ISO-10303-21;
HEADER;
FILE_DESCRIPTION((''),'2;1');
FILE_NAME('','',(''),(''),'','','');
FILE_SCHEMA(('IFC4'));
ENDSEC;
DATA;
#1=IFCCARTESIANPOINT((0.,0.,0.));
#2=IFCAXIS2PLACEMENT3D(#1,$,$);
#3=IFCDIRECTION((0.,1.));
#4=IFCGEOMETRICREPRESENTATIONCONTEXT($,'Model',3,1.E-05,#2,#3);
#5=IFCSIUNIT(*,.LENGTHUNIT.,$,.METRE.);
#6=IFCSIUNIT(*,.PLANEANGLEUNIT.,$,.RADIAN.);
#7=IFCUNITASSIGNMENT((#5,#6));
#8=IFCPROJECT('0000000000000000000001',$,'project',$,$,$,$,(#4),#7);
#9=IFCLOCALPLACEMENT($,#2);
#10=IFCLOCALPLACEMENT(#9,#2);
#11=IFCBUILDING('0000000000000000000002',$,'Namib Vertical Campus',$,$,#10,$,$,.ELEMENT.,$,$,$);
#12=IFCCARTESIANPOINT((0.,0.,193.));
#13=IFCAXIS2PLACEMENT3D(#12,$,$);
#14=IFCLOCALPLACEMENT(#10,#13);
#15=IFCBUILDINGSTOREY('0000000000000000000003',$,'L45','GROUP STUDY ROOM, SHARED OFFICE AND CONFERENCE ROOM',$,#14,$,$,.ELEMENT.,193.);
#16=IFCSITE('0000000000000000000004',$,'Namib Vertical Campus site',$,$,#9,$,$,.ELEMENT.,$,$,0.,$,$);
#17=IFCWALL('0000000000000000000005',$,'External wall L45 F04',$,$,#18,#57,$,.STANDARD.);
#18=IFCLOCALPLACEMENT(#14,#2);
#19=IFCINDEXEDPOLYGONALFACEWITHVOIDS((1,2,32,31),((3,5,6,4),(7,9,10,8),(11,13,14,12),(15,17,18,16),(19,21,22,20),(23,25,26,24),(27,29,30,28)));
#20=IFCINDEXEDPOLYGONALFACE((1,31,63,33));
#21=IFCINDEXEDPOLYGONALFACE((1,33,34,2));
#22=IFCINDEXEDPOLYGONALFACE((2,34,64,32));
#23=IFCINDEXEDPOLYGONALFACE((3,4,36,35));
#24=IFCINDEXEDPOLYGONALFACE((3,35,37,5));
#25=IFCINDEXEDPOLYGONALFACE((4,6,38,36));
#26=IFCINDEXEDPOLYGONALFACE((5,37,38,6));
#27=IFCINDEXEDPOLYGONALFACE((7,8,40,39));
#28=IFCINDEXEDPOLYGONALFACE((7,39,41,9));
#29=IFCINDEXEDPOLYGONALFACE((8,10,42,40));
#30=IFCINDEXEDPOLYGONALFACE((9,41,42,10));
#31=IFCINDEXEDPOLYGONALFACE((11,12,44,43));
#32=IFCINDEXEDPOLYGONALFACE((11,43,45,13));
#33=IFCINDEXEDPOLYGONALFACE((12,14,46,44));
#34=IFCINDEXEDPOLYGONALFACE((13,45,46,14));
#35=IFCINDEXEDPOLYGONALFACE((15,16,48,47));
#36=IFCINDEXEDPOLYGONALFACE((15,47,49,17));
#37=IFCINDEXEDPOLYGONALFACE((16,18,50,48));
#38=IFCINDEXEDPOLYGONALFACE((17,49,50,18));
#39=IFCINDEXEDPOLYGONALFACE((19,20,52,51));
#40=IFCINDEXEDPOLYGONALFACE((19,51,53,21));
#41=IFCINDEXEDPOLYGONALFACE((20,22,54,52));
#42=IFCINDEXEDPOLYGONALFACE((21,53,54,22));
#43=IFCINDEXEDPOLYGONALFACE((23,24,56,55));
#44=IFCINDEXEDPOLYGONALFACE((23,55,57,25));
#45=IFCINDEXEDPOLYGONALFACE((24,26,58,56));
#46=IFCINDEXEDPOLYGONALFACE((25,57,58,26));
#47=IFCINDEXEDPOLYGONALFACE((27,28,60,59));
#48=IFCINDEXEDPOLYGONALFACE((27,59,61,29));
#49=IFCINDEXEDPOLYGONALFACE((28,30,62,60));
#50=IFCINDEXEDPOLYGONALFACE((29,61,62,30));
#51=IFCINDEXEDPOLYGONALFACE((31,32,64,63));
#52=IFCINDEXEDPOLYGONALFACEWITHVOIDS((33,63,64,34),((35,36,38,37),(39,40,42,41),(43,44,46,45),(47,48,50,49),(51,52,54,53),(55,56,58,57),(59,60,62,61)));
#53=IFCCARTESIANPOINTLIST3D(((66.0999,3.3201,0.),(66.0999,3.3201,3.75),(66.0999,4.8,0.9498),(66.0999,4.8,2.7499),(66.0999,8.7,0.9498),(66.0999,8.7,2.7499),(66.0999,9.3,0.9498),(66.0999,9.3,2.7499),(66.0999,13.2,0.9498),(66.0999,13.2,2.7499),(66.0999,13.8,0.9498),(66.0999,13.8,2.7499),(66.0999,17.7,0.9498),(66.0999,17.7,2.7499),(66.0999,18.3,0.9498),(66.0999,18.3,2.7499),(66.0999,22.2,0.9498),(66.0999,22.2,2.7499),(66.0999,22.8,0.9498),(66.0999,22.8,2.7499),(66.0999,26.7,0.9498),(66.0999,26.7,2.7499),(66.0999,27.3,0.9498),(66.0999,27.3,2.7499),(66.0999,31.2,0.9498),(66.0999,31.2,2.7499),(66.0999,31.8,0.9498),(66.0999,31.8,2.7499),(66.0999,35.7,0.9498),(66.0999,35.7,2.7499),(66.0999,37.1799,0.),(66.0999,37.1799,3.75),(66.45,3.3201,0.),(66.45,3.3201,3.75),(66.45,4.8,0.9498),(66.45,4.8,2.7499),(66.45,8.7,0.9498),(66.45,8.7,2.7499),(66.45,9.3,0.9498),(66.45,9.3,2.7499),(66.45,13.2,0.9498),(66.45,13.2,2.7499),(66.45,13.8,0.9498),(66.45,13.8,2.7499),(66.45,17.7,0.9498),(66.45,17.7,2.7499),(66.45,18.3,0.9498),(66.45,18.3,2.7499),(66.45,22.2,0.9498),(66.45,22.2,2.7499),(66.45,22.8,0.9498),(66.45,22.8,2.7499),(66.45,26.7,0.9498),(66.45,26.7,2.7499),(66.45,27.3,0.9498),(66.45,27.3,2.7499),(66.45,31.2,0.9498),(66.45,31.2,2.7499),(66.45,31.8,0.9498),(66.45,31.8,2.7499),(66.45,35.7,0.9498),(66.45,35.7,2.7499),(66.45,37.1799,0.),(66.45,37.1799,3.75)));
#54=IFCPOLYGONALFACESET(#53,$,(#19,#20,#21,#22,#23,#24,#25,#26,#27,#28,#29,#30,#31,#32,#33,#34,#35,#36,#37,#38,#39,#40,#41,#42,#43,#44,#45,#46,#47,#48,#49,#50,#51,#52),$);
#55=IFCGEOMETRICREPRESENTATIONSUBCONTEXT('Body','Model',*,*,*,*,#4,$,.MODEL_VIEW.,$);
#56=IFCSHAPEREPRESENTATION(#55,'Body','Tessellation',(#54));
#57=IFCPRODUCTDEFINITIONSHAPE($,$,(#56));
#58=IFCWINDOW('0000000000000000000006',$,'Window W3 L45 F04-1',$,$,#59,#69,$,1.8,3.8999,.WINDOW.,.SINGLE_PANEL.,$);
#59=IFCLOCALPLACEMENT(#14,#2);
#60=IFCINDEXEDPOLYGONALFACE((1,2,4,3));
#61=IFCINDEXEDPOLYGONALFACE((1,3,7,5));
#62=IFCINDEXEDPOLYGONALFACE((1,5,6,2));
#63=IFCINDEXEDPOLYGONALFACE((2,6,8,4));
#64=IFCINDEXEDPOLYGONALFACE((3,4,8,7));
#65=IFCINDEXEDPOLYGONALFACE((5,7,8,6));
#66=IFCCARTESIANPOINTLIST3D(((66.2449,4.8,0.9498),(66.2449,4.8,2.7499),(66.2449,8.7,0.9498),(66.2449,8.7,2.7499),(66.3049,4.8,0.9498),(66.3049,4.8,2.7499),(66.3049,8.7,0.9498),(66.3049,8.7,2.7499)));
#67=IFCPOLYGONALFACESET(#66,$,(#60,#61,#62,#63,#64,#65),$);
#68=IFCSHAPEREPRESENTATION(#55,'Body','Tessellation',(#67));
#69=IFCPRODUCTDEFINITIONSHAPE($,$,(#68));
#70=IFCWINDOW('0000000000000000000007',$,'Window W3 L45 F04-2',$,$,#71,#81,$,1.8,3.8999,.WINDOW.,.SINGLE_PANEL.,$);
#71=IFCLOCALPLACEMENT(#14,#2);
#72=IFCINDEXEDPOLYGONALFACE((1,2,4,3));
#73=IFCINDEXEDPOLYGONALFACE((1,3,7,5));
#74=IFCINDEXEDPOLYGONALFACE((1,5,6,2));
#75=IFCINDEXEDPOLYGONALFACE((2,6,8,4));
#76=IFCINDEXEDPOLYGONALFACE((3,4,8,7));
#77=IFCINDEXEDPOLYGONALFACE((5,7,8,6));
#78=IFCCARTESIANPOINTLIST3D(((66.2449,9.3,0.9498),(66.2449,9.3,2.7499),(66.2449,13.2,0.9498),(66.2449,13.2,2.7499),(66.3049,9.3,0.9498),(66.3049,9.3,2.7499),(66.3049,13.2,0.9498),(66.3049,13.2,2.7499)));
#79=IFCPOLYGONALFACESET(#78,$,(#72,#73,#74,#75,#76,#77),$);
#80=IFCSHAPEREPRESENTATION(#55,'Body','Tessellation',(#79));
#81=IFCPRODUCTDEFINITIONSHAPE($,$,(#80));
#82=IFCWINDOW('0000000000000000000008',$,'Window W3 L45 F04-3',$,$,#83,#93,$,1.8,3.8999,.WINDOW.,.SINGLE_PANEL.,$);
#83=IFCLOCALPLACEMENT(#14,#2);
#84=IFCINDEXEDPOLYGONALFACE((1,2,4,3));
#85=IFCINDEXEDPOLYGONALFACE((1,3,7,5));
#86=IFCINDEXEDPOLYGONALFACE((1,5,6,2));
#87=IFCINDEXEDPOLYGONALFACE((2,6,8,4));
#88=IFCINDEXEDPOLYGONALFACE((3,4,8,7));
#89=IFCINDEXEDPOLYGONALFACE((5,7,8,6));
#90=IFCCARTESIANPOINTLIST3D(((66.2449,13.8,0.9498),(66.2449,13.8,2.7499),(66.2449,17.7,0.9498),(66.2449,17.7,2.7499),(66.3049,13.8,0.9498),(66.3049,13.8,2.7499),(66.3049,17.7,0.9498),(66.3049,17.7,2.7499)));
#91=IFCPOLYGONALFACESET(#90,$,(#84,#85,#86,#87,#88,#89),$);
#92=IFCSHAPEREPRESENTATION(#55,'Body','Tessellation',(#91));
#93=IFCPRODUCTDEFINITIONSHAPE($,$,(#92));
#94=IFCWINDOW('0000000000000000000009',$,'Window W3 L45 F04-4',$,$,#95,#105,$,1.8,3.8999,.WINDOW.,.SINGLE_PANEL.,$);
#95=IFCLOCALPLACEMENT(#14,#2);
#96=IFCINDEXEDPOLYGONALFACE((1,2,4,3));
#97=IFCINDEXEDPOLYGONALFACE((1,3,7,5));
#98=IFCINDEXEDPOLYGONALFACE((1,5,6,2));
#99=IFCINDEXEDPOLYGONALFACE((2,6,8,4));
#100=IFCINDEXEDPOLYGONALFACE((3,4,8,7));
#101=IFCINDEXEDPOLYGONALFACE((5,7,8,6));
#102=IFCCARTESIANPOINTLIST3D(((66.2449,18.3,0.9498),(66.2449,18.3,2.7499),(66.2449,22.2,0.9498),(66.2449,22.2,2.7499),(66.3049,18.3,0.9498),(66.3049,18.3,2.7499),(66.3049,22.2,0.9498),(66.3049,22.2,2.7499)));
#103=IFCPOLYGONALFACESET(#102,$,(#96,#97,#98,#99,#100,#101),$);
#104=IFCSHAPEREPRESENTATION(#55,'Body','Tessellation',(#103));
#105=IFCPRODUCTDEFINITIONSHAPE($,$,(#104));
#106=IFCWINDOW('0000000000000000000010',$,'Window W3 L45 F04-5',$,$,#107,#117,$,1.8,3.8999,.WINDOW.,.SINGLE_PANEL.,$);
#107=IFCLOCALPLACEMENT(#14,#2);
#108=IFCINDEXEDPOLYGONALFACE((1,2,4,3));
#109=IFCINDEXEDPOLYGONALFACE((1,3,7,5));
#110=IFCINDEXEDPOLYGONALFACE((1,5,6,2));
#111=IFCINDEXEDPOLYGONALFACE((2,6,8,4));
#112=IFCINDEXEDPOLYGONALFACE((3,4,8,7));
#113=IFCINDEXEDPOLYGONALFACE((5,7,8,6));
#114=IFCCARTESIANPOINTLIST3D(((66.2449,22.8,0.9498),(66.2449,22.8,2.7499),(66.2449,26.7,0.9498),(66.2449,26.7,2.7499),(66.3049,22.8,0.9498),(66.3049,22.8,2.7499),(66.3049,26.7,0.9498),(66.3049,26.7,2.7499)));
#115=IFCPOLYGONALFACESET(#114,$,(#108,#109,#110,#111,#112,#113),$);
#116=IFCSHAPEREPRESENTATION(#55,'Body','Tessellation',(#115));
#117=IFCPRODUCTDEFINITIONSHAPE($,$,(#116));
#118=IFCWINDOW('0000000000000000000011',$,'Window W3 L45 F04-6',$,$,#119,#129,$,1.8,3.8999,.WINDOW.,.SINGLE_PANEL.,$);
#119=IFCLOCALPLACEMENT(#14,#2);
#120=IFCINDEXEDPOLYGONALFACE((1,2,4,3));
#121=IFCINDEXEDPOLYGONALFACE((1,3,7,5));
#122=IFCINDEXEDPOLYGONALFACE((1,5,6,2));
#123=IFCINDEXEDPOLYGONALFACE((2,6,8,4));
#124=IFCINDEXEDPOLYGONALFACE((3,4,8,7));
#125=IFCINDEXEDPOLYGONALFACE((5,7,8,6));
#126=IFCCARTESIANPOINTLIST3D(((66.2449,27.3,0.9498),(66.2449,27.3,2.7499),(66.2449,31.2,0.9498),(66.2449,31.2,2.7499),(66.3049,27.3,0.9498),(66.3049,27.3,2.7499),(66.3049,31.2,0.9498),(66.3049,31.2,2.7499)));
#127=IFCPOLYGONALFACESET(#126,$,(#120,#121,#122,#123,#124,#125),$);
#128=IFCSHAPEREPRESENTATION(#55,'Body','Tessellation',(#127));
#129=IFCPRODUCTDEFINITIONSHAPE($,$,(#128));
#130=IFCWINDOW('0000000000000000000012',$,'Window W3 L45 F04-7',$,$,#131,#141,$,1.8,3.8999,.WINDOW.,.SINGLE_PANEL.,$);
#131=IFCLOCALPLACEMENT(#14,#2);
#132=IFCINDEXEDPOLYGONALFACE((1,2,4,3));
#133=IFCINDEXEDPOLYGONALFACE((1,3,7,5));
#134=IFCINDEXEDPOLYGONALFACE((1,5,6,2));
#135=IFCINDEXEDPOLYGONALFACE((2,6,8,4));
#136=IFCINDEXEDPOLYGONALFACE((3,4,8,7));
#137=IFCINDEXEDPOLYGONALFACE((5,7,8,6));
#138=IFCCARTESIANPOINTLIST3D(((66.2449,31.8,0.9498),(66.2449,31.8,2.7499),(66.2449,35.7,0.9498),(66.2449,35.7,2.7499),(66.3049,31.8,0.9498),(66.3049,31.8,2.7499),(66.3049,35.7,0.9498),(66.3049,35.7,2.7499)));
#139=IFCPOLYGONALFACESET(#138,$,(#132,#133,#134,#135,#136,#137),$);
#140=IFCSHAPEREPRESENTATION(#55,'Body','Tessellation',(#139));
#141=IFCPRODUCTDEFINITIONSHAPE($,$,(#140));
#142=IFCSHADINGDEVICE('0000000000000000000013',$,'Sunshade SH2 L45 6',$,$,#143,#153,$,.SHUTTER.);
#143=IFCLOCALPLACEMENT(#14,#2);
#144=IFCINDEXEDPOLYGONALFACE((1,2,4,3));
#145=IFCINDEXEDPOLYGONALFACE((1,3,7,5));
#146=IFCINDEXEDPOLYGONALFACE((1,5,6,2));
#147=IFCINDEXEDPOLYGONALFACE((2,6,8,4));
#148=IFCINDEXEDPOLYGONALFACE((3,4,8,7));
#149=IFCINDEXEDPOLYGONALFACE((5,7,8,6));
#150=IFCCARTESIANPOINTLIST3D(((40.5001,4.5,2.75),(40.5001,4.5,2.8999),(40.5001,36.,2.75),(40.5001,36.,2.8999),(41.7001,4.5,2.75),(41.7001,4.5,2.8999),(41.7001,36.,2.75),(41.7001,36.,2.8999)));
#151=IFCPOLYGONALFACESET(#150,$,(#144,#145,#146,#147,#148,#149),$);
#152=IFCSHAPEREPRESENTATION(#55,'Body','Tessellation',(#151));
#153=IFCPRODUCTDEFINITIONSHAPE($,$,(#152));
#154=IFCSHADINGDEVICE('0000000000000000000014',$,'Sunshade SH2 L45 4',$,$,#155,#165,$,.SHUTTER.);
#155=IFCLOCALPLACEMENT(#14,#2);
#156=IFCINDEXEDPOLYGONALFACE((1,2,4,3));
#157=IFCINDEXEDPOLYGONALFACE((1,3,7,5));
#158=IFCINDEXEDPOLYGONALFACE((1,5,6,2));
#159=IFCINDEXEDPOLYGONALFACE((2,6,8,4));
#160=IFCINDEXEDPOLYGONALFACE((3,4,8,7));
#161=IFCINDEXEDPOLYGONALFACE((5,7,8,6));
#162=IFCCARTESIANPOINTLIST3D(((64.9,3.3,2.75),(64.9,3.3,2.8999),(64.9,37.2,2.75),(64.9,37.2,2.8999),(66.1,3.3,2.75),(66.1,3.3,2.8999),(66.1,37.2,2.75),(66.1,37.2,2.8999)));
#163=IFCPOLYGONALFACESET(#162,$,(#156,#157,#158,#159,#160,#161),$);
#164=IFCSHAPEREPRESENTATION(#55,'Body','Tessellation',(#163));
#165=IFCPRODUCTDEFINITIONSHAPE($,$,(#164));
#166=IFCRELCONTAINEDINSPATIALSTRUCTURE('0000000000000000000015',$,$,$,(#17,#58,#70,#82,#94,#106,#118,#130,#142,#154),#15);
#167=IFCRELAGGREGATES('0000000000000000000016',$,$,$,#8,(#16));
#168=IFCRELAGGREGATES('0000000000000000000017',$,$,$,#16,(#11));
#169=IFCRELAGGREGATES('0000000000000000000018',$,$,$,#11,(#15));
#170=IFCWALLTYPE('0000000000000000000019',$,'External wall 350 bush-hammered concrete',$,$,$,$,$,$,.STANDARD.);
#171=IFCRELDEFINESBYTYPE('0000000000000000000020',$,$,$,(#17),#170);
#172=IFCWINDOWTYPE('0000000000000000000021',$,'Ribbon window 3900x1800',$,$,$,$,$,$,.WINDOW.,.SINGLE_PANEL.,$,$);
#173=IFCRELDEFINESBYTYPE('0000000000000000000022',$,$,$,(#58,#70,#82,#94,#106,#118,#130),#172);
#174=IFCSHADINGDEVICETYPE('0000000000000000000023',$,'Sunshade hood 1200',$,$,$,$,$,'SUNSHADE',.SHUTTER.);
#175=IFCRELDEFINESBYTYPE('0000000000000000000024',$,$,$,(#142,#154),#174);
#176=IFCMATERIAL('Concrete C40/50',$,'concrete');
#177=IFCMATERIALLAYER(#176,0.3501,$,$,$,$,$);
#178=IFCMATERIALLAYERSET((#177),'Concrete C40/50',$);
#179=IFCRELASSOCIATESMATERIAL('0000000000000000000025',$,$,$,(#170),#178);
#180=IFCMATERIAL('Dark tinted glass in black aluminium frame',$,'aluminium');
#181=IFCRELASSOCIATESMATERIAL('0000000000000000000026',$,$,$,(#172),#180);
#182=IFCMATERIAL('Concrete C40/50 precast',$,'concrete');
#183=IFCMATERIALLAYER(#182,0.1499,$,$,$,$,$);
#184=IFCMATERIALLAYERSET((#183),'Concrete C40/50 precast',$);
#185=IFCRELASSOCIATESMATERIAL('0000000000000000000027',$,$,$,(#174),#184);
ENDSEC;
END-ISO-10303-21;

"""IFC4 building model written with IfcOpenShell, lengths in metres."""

from ifc_helpers import new_model, si_unit, direction, frame, frame_2d, origin, origin_2d, place, context, subcontext, project, spatial, rectangle, extrude, material, layer, layer_set, type_object, element, fill, save


model = new_model("IFC4")

# Units and contexts
model_context = context("Model", 3, precision=1e-05, world=origin(), true_north=direction((0.0, 1.0)))
body_context = subcontext(model_context, "Body", "Model", "MODEL_VIEW")
ifc_project = project(units=[si_unit("LENGTHUNIT", "METRE"), si_unit("PLANEANGLEUNIT", "RADIAN")], contexts=[model_context])

# Site, building, storey
site_placement = place(None, origin())
site = spatial("IfcSite", under=ifc_project, at=site_placement, Name="Namib Vertical Campus site", CompositionType="ELEMENT", RefElevation=0.0)
building_placement = place(site_placement, origin())
building = spatial("IfcBuilding", under=site, at=building_placement, Name="Namib Vertical Campus", CompositionType="ELEMENT")
storey_placement = place(building_placement, frame((0.0, 0.0, 193.0)))
storey = spatial("IfcBuildingStorey", under=building, at=storey_placement, Name="L45", Description="GROUP STUDY ROOM, SHARED OFFICE AND CONFERENCE ROOM", CompositionType="ELEMENT", Elevation=193.0)

# Shared definitions
ifc_material_1 = material(Name="Concrete C40/50", Category="concrete")
ifc_layer_1 = layer(ifc_material_1, 0.3501)
ifc_layer_set_1 = layer_set([ifc_layer_1], Name="Concrete C40/50")
wall_type_1 = type_object("IfcWallType", Name="External wall 350 bush-hammered concrete", PredefinedType="STANDARD", material=ifc_layer_set_1)

# Wall, openings, windows
wall_1_placement = place(storey_placement, frame((66.2749, 37.1799, 0.0), z_axis=(0.0, 0.0, 1.0), x_axis=(0.0, -1.0, 0.0)))
wall_1 = element("IfcWall", 1, at=wall_1_placement, inside=storey, type_object=wall_type_1, Name="External wall L45 F04", PredefinedType="STANDARD", context=body_context, shape_type="SweptSolid", body=[
    extrude(rectangle(XDim=33.8599, YDim=0.3501, at=frame_2d((16.9299, 0.0))), origin(), (0.0, 0.0, 1.0), 3.75),
])
opening_1_placement = place(wall_1_placement, frame((28.48, 0.0, 0.95)))
opening_1 = element("IfcOpeningElement", 2, at=opening_1_placement, cuts=wall_1, PredefinedType="OPENING", context=body_context, shape_type="SweptSolid", body=[
    extrude(rectangle(XDim=3.8999, YDim=1.8, at=frame_2d((1.95, 0.8999))), frame((0.0, 0.1851, 0.0), z_axis=(0.0, -1.0, 0.0), x_axis=(1.0, 0.0, 0.0)), (0.0, 0.0, 1.0), 0.3701),
])
opening_2_placement = place(wall_1_placement, frame((23.98, 0.0, 0.95)))
opening_2 = element("IfcOpeningElement", 3, at=opening_2_placement, cuts=wall_1, PredefinedType="OPENING", context=body_context, shape_type="SweptSolid", body=[
    extrude(rectangle(XDim=3.8999, YDim=1.8, at=frame_2d((1.95, 0.8999))), frame((0.0, 0.1851, 0.0), z_axis=(0.0, -1.0, 0.0), x_axis=(1.0, 0.0, 0.0)), (0.0, 0.0, 1.0), 0.3701),
])
opening_3_placement = place(wall_1_placement, frame((19.48, 0.0, 0.95)))
opening_3 = element("IfcOpeningElement", 4, at=opening_3_placement, cuts=wall_1, PredefinedType="OPENING", context=body_context, shape_type="SweptSolid", body=[
    extrude(rectangle(XDim=3.8999, YDim=1.8, at=frame_2d((1.95, 0.8999))), frame((0.0, 0.1851, 0.0), z_axis=(0.0, -1.0, 0.0), x_axis=(1.0, 0.0, 0.0)), (0.0, 0.0, 1.0), 0.3701),
])
opening_4_placement = place(wall_1_placement, frame((14.98, 0.0, 0.95)))
opening_4 = element("IfcOpeningElement", 5, at=opening_4_placement, cuts=wall_1, PredefinedType="OPENING", context=body_context, shape_type="SweptSolid", body=[
    extrude(rectangle(XDim=3.8999, YDim=1.8, at=frame_2d((1.95, 0.8999))), frame((0.0, 0.1851, 0.0), z_axis=(0.0, -1.0, 0.0), x_axis=(1.0, 0.0, 0.0)), (0.0, 0.0, 1.0), 0.3701),
])
opening_5_placement = place(wall_1_placement, frame((10.48, 0.0, 0.95)))
opening_5 = element("IfcOpeningElement", 6, at=opening_5_placement, cuts=wall_1, PredefinedType="OPENING", context=body_context, shape_type="SweptSolid", body=[
    extrude(rectangle(XDim=3.8999, YDim=1.8, at=frame_2d((1.95, 0.8999))), frame((0.0, 0.1851, 0.0), z_axis=(0.0, -1.0, 0.0), x_axis=(1.0, 0.0, 0.0)), (0.0, 0.0, 1.0), 0.3701),
])
opening_6_placement = place(wall_1_placement, frame((5.98, 0.0, 0.95)))
opening_6 = element("IfcOpeningElement", 7, at=opening_6_placement, cuts=wall_1, PredefinedType="OPENING", context=body_context, shape_type="SweptSolid", body=[
    extrude(rectangle(XDim=3.8999, YDim=1.8, at=frame_2d((1.95, 0.8999))), frame((0.0, 0.1851, 0.0), z_axis=(0.0, -1.0, 0.0), x_axis=(1.0, 0.0, 0.0)), (0.0, 0.0, 1.0), 0.3701),
])
opening_7_placement = place(wall_1_placement, frame((1.48, 0.0, 0.95)))
opening_7 = element("IfcOpeningElement", 8, at=opening_7_placement, cuts=wall_1, PredefinedType="OPENING", context=body_context, shape_type="SweptSolid", body=[
    extrude(rectangle(XDim=3.8999, YDim=1.8, at=frame_2d((1.95, 0.8999))), frame((0.0, 0.1851, 0.0), z_axis=(0.0, -1.0, 0.0), x_axis=(1.0, 0.0, 0.0)), (0.0, 0.0, 1.0), 0.3701),
])
ifc_material_2 = material(Name="Dark tinted glass in black aluminium frame", Category="aluminium")
window_type = type_object("IfcWindowType", Name="Ribbon window 3900x1800", PartitioningType="SINGLE_PANEL", PredefinedType="WINDOW", material=ifc_material_2)
window_1_placement = place(opening_1_placement, origin())
window_1 = element("IfcWindow", 9, at=window_1_placement, inside=storey, type_object=window_type, Name="Window W3 L45 F04-1", OverallHeight=1.8, OverallWidth=3.8999, PartitioningType="SINGLE_PANEL", PredefinedType="WINDOW", context=body_context, shape_type="SweptSolid", body=[
    extrude(rectangle(XDim=3.8999, YDim=1.8, at=frame_2d((1.95, 0.8999))), frame((0.0, 0.03, 0.0), z_axis=(0.0, -1.0, 0.0), x_axis=(1.0, 0.0, 0.0)), (0.0, 0.0, 1.0), 0.0601),
])
fill(opening_1, window_1)
window_2_placement = place(opening_2_placement, origin())
window_2 = element("IfcWindow", 10, at=window_2_placement, inside=storey, type_object=window_type, Name="Window W3 L45 F04-2", OverallHeight=1.8, OverallWidth=3.8999, PartitioningType="SINGLE_PANEL", PredefinedType="WINDOW", context=body_context, shape_type="SweptSolid", body=[
    extrude(rectangle(XDim=3.8999, YDim=1.8, at=frame_2d((1.95, 0.8999))), frame((0.0, 0.03, 0.0), z_axis=(0.0, -1.0, 0.0), x_axis=(1.0, 0.0, 0.0)), (0.0, 0.0, 1.0), 0.0601),
])
fill(opening_2, window_2)
window_3_placement = place(opening_3_placement, origin())
window_3 = element("IfcWindow", 11, at=window_3_placement, inside=storey, type_object=window_type, Name="Window W3 L45 F04-3", OverallHeight=1.8, OverallWidth=3.8999, PartitioningType="SINGLE_PANEL", PredefinedType="WINDOW", context=body_context, shape_type="SweptSolid", body=[
    extrude(rectangle(XDim=3.8999, YDim=1.8, at=frame_2d((1.95, 0.8999))), frame((0.0, 0.03, 0.0), z_axis=(0.0, -1.0, 0.0), x_axis=(1.0, 0.0, 0.0)), (0.0, 0.0, 1.0), 0.0601),
])
fill(opening_3, window_3)
window_4_placement = place(opening_4_placement, origin())
window_4 = element("IfcWindow", 12, at=window_4_placement, inside=storey, type_object=window_type, Name="Window W3 L45 F04-4", OverallHeight=1.8, OverallWidth=3.8999, PartitioningType="SINGLE_PANEL", PredefinedType="WINDOW", context=body_context, shape_type="SweptSolid", body=[
    extrude(rectangle(XDim=3.8999, YDim=1.8, at=frame_2d((1.95, 0.8999))), frame((0.0, 0.03, 0.0), z_axis=(0.0, -1.0, 0.0), x_axis=(1.0, 0.0, 0.0)), (0.0, 0.0, 1.0), 0.0601),
])
fill(opening_4, window_4)
window_5_placement = place(opening_5_placement, origin())
window_5 = element("IfcWindow", 13, at=window_5_placement, inside=storey, type_object=window_type, Name="Window W3 L45 F04-5", OverallHeight=1.8, OverallWidth=3.8999, PartitioningType="SINGLE_PANEL", PredefinedType="WINDOW", context=body_context, shape_type="SweptSolid", body=[
    extrude(rectangle(XDim=3.8999, YDim=1.8, at=frame_2d((1.95, 0.8999))), frame((0.0, 0.03, 0.0), z_axis=(0.0, -1.0, 0.0), x_axis=(1.0, 0.0, 0.0)), (0.0, 0.0, 1.0), 0.0601),
])
fill(opening_5, window_5)
window_6_placement = place(opening_6_placement, origin())
window_6 = element("IfcWindow", 14, at=window_6_placement, inside=storey, type_object=window_type, Name="Window W3 L45 F04-6", OverallHeight=1.8, OverallWidth=3.8999, PartitioningType="SINGLE_PANEL", PredefinedType="WINDOW", context=body_context, shape_type="SweptSolid", body=[
    extrude(rectangle(XDim=3.8999, YDim=1.8, at=frame_2d((1.95, 0.8999))), frame((0.0, 0.03, 0.0), z_axis=(0.0, -1.0, 0.0), x_axis=(1.0, 0.0, 0.0)), (0.0, 0.0, 1.0), 0.0601),
])
fill(opening_6, window_6)
window_7_placement = place(opening_7_placement, origin())
window_7 = element("IfcWindow", 15, at=window_7_placement, inside=storey, type_object=window_type, Name="Window W3 L45 F04-7", OverallHeight=1.8, OverallWidth=3.8999, PartitioningType="SINGLE_PANEL", PredefinedType="WINDOW", context=body_context, shape_type="SweptSolid", body=[
    extrude(rectangle(XDim=3.8999, YDim=1.8, at=frame_2d((1.95, 0.8999))), frame((0.0, 0.03, 0.0), z_axis=(0.0, -1.0, 0.0), x_axis=(1.0, 0.0, 0.0)), (0.0, 0.0, 1.0), 0.0601),
])
fill(opening_7, window_7)

# Shading devices
ifc_material_3 = material(Name="Concrete C40/50 precast", Category="concrete")
ifc_layer_2 = layer(ifc_material_3, 0.1499)
ifc_layer_set_2 = layer_set([ifc_layer_2], Name="Concrete C40/50 precast")
shading_device_type = type_object("IfcShadingDeviceType", Name="Sunshade hood 1200", ElementType="SUNSHADE", PredefinedType="SHUTTER", material=ifc_layer_set_2)
shading_device_1_placement = place(storey_placement, frame((41.1001, 20.25, 2.75), z_axis=(0.0, 0.0, 1.0), x_axis=(0.0, 1.0, 0.0)))
element("IfcShadingDevice", 16, at=shading_device_1_placement, inside=storey, type_object=shading_device_type, Name="Sunshade SH2 L45 6", PredefinedType="SHUTTER", context=body_context, shape_type="SweptSolid", body=[
    extrude(rectangle(XDim=31.5, YDim=1.2, at=origin_2d()), origin(), (0.0, 0.0, 1.0), 0.1499),
])
shading_device_2_placement = place(storey_placement, frame((65.5, 20.25, 2.75), z_axis=(0.0, 0.0, 1.0), x_axis=(0.0, -1.0, 0.0)))
element("IfcShadingDevice", 17, at=shading_device_2_placement, inside=storey, type_object=shading_device_type, Name="Sunshade SH2 L45 4", PredefinedType="SHUTTER", context=body_context, shape_type="SweptSolid", body=[
    extrude(rectangle(XDim=33.8999, YDim=1.2, at=origin_2d()), origin(), (0.0, 0.0, 1.0), 0.1499),
])

save(model, "model.ifc")
